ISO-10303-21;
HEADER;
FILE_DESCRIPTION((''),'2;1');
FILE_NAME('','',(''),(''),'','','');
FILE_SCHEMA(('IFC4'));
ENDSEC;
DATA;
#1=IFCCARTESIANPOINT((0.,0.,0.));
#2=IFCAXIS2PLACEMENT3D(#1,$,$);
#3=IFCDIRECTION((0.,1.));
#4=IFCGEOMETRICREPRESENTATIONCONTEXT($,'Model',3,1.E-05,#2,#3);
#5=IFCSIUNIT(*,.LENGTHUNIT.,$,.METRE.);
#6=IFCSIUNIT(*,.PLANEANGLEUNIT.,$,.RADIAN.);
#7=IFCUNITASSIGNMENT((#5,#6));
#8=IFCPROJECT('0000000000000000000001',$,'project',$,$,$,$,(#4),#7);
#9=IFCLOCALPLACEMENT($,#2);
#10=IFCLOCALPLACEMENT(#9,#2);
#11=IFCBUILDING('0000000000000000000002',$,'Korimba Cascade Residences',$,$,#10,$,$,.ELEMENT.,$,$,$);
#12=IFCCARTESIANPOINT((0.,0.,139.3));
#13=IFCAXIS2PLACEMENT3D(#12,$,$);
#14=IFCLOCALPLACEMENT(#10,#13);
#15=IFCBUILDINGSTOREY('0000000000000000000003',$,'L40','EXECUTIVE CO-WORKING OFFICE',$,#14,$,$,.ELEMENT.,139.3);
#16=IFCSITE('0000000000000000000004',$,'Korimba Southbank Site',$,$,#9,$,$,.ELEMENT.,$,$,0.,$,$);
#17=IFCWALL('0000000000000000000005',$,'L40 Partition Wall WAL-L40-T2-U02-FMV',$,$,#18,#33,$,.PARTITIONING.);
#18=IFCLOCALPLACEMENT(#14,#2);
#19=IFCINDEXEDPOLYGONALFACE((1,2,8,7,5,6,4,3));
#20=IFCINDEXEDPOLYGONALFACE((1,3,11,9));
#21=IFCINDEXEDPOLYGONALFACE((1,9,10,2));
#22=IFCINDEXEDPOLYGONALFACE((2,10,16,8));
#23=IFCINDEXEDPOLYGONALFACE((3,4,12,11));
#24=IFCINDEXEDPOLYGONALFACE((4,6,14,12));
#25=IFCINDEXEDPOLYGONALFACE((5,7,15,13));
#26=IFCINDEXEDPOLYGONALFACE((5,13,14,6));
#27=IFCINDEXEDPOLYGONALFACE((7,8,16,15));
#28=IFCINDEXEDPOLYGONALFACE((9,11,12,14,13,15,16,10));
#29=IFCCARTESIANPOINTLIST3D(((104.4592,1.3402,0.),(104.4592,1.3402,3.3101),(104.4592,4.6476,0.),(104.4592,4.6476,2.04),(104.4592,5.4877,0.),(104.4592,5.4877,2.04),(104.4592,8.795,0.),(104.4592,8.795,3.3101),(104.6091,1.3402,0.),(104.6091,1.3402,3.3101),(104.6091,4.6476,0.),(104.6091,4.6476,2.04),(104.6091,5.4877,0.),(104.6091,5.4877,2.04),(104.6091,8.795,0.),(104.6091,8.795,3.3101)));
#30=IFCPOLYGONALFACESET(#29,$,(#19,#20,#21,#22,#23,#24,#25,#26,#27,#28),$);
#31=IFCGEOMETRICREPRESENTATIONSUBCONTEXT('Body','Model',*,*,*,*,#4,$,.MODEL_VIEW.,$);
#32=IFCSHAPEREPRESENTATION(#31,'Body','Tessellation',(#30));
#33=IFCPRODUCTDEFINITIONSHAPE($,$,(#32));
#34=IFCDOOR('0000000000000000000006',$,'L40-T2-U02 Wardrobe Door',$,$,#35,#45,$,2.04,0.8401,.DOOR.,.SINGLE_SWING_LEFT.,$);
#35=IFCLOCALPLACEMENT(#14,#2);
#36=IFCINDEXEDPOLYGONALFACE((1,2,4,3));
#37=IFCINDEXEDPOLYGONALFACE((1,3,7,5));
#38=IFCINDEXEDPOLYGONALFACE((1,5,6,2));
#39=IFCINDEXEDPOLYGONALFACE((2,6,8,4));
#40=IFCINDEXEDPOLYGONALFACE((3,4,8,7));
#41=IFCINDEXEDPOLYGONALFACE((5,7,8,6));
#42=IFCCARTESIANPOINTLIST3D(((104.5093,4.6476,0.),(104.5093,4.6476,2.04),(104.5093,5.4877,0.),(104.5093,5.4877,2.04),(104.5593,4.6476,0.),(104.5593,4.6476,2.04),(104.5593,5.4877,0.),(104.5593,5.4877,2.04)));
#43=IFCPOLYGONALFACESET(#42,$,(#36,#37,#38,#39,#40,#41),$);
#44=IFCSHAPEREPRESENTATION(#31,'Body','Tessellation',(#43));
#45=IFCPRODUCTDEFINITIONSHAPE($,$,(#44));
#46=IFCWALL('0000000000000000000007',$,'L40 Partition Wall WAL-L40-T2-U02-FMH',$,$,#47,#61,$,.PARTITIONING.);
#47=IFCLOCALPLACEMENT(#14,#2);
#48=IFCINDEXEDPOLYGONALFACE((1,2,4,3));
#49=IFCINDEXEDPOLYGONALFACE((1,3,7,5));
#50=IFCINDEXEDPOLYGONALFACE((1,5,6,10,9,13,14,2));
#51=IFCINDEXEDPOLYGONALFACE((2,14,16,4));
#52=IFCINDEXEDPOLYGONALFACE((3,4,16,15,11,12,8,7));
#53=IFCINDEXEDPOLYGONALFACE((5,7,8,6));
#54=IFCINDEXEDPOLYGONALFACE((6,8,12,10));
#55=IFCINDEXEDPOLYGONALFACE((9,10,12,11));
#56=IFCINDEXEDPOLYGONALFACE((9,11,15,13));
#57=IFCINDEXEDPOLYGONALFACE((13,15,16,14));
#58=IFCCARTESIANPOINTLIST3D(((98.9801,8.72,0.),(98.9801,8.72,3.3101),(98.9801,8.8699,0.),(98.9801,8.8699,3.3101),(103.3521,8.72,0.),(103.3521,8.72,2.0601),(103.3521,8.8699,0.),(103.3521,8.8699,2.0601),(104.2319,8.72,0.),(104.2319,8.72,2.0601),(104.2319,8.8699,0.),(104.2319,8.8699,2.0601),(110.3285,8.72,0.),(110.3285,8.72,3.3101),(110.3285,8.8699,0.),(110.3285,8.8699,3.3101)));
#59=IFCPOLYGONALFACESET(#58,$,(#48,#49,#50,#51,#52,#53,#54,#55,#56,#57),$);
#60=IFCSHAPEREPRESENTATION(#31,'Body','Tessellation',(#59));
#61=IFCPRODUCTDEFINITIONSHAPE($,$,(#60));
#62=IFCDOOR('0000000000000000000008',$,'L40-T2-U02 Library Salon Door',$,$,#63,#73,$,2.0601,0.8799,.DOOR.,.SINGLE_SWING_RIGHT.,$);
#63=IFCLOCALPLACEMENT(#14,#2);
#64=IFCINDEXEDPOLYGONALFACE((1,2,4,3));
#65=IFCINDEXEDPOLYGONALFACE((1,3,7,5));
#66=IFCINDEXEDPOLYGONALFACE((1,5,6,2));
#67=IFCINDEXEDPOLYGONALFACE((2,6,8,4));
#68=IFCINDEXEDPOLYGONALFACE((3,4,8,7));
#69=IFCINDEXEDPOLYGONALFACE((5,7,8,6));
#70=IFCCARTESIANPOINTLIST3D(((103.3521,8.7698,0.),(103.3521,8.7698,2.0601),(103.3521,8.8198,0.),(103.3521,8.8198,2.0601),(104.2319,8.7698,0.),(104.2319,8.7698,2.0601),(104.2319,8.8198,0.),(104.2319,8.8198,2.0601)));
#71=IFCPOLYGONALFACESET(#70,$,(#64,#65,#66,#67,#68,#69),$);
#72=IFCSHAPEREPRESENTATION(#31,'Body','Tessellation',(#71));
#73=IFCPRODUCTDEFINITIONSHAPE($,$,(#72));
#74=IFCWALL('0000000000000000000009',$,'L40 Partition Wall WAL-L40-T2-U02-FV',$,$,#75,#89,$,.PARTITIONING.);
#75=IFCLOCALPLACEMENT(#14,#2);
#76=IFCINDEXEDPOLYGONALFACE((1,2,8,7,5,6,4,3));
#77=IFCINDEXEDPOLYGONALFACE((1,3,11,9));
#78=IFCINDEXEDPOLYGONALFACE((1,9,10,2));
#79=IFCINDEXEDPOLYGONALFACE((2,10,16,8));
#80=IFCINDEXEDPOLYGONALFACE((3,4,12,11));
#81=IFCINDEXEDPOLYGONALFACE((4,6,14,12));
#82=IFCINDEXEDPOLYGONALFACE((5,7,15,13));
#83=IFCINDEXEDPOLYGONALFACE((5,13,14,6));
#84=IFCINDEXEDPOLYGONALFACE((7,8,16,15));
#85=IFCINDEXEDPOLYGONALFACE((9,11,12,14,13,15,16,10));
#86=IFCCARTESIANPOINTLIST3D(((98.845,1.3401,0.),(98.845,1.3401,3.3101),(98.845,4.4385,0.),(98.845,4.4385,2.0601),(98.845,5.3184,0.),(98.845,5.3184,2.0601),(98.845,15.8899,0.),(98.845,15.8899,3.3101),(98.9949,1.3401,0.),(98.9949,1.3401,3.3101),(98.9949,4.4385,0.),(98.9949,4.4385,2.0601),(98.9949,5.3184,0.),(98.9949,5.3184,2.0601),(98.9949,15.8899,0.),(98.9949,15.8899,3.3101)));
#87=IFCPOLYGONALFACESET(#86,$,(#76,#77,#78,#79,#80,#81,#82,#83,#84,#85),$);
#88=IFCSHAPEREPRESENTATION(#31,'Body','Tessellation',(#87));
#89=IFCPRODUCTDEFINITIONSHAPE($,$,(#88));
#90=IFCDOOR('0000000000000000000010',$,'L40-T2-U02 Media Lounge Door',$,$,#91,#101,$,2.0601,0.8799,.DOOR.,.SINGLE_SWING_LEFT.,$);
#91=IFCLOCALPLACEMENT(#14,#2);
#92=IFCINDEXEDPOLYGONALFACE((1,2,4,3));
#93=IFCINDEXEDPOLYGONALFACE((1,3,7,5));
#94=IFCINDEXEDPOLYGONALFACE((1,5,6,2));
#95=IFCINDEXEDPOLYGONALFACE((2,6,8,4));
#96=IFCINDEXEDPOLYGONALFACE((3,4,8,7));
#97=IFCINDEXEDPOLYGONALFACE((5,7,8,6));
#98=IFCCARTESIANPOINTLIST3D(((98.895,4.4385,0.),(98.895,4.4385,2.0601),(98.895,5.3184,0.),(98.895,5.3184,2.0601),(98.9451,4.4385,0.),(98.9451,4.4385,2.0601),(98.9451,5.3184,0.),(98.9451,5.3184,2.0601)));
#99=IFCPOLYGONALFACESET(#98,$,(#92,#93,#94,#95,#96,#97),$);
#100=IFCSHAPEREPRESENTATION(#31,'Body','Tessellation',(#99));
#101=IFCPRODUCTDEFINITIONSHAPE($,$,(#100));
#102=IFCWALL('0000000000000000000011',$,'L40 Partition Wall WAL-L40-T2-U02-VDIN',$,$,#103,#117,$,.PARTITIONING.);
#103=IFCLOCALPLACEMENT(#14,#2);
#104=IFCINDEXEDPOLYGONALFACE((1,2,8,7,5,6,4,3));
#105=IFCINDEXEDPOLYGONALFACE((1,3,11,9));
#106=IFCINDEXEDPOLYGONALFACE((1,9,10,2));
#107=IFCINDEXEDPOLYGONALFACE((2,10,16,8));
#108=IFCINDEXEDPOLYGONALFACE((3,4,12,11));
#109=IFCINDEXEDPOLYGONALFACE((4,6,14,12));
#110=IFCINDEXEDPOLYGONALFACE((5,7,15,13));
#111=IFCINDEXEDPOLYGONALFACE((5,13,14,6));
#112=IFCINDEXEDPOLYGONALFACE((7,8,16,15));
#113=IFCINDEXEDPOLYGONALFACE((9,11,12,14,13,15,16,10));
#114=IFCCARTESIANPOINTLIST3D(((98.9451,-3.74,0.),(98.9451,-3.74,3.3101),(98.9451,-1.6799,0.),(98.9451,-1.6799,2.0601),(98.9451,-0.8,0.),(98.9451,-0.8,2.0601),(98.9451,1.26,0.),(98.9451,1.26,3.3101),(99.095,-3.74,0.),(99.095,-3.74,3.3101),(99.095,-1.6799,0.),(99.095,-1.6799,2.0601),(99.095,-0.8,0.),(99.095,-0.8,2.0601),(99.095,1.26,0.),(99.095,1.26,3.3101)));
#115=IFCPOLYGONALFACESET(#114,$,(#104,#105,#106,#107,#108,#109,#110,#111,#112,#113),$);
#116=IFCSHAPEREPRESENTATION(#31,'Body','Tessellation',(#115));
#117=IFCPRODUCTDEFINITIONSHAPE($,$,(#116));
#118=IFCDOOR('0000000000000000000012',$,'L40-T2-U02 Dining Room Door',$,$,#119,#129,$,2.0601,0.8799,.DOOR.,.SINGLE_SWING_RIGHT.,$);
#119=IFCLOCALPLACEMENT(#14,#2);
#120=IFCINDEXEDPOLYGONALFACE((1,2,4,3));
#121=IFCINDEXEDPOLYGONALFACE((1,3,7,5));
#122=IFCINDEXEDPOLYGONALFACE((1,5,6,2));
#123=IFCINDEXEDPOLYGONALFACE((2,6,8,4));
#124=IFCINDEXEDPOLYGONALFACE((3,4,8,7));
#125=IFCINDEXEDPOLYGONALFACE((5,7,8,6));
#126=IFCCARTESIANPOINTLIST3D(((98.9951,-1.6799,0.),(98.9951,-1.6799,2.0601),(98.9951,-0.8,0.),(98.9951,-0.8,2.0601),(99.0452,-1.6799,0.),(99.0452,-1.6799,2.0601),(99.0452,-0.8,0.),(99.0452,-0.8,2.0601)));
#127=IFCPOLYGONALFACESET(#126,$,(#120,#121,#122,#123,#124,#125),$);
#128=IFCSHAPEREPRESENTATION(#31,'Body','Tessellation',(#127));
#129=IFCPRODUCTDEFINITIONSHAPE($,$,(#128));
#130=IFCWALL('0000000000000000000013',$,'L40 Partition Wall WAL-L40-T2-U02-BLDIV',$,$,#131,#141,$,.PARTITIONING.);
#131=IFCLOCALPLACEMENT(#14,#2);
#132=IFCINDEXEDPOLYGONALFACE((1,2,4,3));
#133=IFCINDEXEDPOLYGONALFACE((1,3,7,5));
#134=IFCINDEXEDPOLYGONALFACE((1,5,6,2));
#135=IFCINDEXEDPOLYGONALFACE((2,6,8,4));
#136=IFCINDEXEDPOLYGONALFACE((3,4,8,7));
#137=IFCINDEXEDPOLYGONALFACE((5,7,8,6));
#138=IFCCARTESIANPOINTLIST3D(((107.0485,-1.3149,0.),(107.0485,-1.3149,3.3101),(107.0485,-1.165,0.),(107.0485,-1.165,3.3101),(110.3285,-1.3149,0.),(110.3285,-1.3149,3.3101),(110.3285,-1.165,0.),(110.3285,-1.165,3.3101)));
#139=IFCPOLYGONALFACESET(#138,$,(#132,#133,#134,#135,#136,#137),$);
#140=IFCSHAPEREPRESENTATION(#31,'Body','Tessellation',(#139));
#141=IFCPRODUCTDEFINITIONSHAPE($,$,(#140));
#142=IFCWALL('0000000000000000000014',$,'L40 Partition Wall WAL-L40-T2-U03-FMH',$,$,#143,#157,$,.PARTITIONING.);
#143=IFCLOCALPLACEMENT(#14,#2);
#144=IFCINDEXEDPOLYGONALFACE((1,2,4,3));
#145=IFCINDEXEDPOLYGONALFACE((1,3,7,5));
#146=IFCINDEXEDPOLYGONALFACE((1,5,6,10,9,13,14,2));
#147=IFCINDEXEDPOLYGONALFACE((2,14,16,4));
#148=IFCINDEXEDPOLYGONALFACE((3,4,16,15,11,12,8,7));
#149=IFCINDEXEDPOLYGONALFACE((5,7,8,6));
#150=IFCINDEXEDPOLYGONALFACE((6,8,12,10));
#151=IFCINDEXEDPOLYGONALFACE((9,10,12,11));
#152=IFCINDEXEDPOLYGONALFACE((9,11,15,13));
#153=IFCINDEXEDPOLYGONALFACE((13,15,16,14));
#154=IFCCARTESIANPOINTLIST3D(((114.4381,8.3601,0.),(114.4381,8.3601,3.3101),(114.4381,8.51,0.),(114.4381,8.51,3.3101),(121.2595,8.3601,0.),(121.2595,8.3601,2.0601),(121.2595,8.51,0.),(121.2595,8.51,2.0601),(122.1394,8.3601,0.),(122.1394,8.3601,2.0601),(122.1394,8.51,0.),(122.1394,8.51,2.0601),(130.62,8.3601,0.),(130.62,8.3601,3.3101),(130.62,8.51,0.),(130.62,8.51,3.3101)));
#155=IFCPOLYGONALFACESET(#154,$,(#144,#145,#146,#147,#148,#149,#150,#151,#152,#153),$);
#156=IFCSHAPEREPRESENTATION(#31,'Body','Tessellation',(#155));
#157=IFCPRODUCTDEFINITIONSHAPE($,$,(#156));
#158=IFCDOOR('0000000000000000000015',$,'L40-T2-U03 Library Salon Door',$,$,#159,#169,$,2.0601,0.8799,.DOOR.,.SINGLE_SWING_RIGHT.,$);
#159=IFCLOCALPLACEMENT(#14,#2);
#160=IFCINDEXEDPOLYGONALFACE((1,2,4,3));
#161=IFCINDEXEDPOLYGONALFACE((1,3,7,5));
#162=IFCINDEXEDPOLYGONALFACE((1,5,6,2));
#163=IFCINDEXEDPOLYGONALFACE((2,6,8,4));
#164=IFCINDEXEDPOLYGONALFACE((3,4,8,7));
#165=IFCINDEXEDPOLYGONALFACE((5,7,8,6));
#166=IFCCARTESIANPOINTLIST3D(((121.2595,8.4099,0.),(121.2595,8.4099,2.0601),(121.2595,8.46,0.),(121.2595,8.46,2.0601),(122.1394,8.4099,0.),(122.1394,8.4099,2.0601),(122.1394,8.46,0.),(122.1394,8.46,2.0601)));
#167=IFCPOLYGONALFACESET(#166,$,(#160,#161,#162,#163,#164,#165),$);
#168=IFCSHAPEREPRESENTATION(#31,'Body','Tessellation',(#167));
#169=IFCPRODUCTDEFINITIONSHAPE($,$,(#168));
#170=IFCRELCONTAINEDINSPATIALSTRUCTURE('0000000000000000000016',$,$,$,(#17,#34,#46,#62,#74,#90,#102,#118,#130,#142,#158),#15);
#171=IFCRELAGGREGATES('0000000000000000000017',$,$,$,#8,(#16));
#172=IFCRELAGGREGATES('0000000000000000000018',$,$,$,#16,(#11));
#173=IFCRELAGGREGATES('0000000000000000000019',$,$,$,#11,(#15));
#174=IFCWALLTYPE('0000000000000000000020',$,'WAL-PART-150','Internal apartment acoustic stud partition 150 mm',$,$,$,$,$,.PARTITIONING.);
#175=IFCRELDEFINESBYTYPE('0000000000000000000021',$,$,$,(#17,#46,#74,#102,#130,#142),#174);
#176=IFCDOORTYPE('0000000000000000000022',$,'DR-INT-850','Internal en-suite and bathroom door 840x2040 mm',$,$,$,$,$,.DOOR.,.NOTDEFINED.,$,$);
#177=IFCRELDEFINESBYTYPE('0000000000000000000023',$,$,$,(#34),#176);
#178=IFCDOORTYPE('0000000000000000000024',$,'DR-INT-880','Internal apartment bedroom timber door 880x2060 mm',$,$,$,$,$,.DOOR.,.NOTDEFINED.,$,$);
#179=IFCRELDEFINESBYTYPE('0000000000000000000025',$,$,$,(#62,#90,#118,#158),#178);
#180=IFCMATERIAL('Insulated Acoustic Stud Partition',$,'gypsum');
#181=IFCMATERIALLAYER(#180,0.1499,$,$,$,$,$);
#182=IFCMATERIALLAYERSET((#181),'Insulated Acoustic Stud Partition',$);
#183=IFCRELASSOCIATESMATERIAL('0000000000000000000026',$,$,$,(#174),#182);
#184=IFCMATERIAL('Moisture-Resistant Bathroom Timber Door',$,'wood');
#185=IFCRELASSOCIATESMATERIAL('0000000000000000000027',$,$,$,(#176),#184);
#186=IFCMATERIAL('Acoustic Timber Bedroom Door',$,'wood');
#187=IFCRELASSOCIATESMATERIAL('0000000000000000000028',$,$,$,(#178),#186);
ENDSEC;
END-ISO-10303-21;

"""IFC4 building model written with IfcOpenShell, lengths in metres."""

from ifc_helpers import new_model, si_unit, direction, frame, frame_2d, origin, place, context, subcontext, project, spatial, rectangle, extrude, material, layer, layer_set, type_object, element, fill, save


model = new_model("IFC4")

# Units and contexts
model_context = context("Model", 3, precision=1e-05, world=origin(), true_north=direction((0.0, 1.0)))
body_context = subcontext(model_context, "Body", "Model", "MODEL_VIEW")
ifc_project = project(units=[si_unit("LENGTHUNIT", "METRE"), si_unit("PLANEANGLEUNIT", "RADIAN")], contexts=[model_context])

# Site, building, storey
site_placement = place(None, origin())
site = spatial("IfcSite", under=ifc_project, at=site_placement, Name="Korimba Southbank Site", CompositionType="ELEMENT", RefElevation=0.0)
building_placement = place(site_placement, origin())
building = spatial("IfcBuilding", under=site, at=building_placement, Name="Korimba Cascade Residences", CompositionType="ELEMENT")
storey_placement = place(building_placement, frame((0.0, 0.0, 139.3)))
storey = spatial("IfcBuildingStorey", under=building, at=storey_placement, Name="L40", Description="EXECUTIVE CO-WORKING OFFICE", CompositionType="ELEMENT", Elevation=139.3)

# Walls, openings, doors
ifc_material_1 = material(Name="Insulated Acoustic Stud Partition", Category="gypsum")
ifc_layer = layer(ifc_material_1, 0.1499)
ifc_layer_set = layer_set([ifc_layer], Name="Insulated Acoustic Stud Partition")
wall_type = type_object("IfcWallType", Name="WAL-PART-150", Description="Internal apartment acoustic stud partition 150 mm", PredefinedType="PARTITIONING", material=ifc_layer_set)
wall_1_placement = place(storey_placement, frame((104.5342, 1.3401, 0.0), z_axis=(0.0, 0.0, 1.0), x_axis=(0.0, 1.0, 0.0)))
wall_1 = element("IfcWall", 1, at=wall_1_placement, inside=storey, type_object=wall_type, Name="L40 Partition Wall WAL-L40-T2-U02-FMV", PredefinedType="PARTITIONING", context=body_context, shape_type="SweptSolid", body=[
    extrude(rectangle(XDim=7.4548, YDim=0.1499, at=frame_2d((3.7275, 0.0))), origin(), (0.0, 0.0, 1.0), 3.3101),
])
opening_1_placement = place(wall_1_placement, frame((3.3076, 0.0, 0.0)))
opening_1 = element("IfcOpeningElement", 2, at=opening_1_placement, cuts=wall_1, PredefinedType="OPENING", context=body_context, shape_type="SweptSolid", body=[
    extrude(rectangle(XDim=0.8401, YDim=2.04, at=frame_2d((0.4199, 1.02))), frame((0.0, 0.085, 0.0), z_axis=(0.0, -1.0, 0.0), x_axis=(1.0, 0.0, 0.0)), (0.0, 0.0, 1.0), 0.1699),
])
ifc_material_2 = material(Name="Moisture-Resistant Bathroom Timber Door", Category="wood")
door_type_1 = type_object("IfcDoorType", Name="DR-INT-850", Description="Internal en-suite and bathroom door 840x2040 mm", OperationType="NOTDEFINED", PredefinedType="DOOR", material=ifc_material_2)
door_1_placement = place(opening_1_placement, origin())
door_1 = element("IfcDoor", 3, at=door_1_placement, inside=storey, type_object=door_type_1, Name="L40-T2-U02 Wardrobe Door", OperationType="SINGLE_SWING_LEFT", OverallHeight=2.04, OverallWidth=0.8401, PredefinedType="DOOR", context=body_context, shape_type="SweptSolid", body=[
    extrude(rectangle(XDim=0.8401, YDim=2.04, at=frame_2d((0.4199, 1.02))), frame((0.0, 0.0249, 0.0), z_axis=(0.0, -1.0, 0.0), x_axis=(1.0, 0.0, 0.0)), (0.0, 0.0, 1.0), 0.05),
])
fill(opening_1, door_1)
wall_2_placement = place(storey_placement, frame((98.98, 8.7949, 0.0), z_axis=(0.0, 0.0, 1.0), x_axis=(1.0, 0.0, 0.0)))
wall_2 = element("IfcWall", 4, at=wall_2_placement, inside=storey, type_object=wall_type, Name="L40 Partition Wall WAL-L40-T2-U02-FMH", PredefinedType="PARTITIONING", context=body_context, shape_type="SweptSolid", body=[
    extrude(rectangle(XDim=11.3484, YDim=0.1499, at=frame_2d((5.6743, 0.0))), origin(), (0.0, 0.0, 1.0), 3.3101),
])
opening_2_placement = place(wall_2_placement, frame((4.3721, 0.0, 0.0)))
opening_2 = element("IfcOpeningElement", 5, at=opening_2_placement, cuts=wall_2, PredefinedType="OPENING", context=body_context, shape_type="SweptSolid", body=[
    extrude(rectangle(XDim=0.8799, YDim=2.0601, at=frame_2d((0.4399, 1.03))), frame((0.0, 0.085, 0.0), z_axis=(0.0, -1.0, 0.0), x_axis=(1.0, 0.0, 0.0)), (0.0, 0.0, 1.0), 0.1699),
])
ifc_material_3 = material(Name="Acoustic Timber Bedroom Door", Category="wood")
door_type_2 = type_object("IfcDoorType", Name="DR-INT-880", Description="Internal apartment bedroom timber door 880x2060 mm", OperationType="NOTDEFINED", PredefinedType="DOOR", material=ifc_material_3)
door_2_placement = place(opening_2_placement, origin())
door_2 = element("IfcDoor", 6, at=door_2_placement, inside=storey, type_object=door_type_2, Name="L40-T2-U02 Library Salon Door", OperationType="SINGLE_SWING_RIGHT", OverallHeight=2.0601, OverallWidth=0.8799, PredefinedType="DOOR", context=body_context, shape_type="SweptSolid", body=[
    extrude(rectangle(XDim=0.8799, YDim=2.0601, at=frame_2d((0.4399, 1.03))), frame((0.0, 0.0249, 0.0), z_axis=(0.0, -1.0, 0.0), x_axis=(1.0, 0.0, 0.0)), (0.0, 0.0, 1.0), 0.05),
])
fill(opening_2, door_2)
wall_3_placement = place(storey_placement, frame((98.9199, 1.3401, 0.0), z_axis=(0.0, 0.0, 1.0), x_axis=(0.0, 1.0, 0.0)))
wall_3 = element("IfcWall", 7, at=wall_3_placement, inside=storey, type_object=wall_type, Name="L40 Partition Wall WAL-L40-T2-U02-FV", PredefinedType="PARTITIONING", context=body_context, shape_type="SweptSolid", body=[
    extrude(rectangle(XDim=14.5498, YDim=0.1499, at=frame_2d((7.2749, 0.0))), origin(), (0.0, 0.0, 1.0), 3.3101),
])
opening_3_placement = place(wall_3_placement, frame((3.0984, 0.0, 0.0)))
opening_3 = element("IfcOpeningElement", 8, at=opening_3_placement, cuts=wall_3, PredefinedType="OPENING", context=body_context, shape_type="SweptSolid", body=[
    extrude(rectangle(XDim=0.8799, YDim=2.0601, at=frame_2d((0.4399, 1.03))), frame((0.0, 0.085, 0.0), z_axis=(0.0, -1.0, 0.0), x_axis=(1.0, 0.0, 0.0)), (0.0, 0.0, 1.0), 0.1699),
])
door_3_placement = place(opening_3_placement, origin())
door_3 = element("IfcDoor", 9, at=door_3_placement, inside=storey, type_object=door_type_2, Name="L40-T2-U02 Media Lounge Door", OperationType="SINGLE_SWING_LEFT", OverallHeight=2.0601, OverallWidth=0.8799, PredefinedType="DOOR", context=body_context, shape_type="SweptSolid", body=[
    extrude(rectangle(XDim=0.8799, YDim=2.0601, at=frame_2d((0.4399, 1.03))), frame((0.0, 0.0249, 0.0), z_axis=(0.0, -1.0, 0.0), x_axis=(1.0, 0.0, 0.0)), (0.0, 0.0, 1.0), 0.05),
])
fill(opening_3, door_3)
wall_4_placement = place(storey_placement, frame((99.02, -3.74, 0.0), z_axis=(0.0, 0.0, 1.0), x_axis=(0.0, 1.0, 0.0)))
wall_4 = element("IfcWall", 10, at=wall_4_placement, inside=storey, type_object=wall_type, Name="L40 Partition Wall WAL-L40-T2-U02-VDIN", PredefinedType="PARTITIONING", context=body_context, shape_type="SweptSolid", body=[
    extrude(rectangle(XDim=5.0, YDim=0.1499, at=frame_2d((2.5, 0.0))), origin(), (0.0, 0.0, 1.0), 3.3101),
])
opening_4_placement = place(wall_4_placement, frame((2.0601, 0.0, 0.0)))
opening_4 = element("IfcOpeningElement", 11, at=opening_4_placement, cuts=wall_4, PredefinedType="OPENING", context=body_context, shape_type="SweptSolid", body=[
    extrude(rectangle(XDim=0.8799, YDim=2.0601, at=frame_2d((0.4399, 1.03))), frame((0.0, 0.085, 0.0), z_axis=(0.0, -1.0, 0.0), x_axis=(1.0, 0.0, 0.0)), (0.0, 0.0, 1.0), 0.1699),
])
door_4_placement = place(opening_4_placement, origin())
door_4 = element("IfcDoor", 12, at=door_4_placement, inside=storey, type_object=door_type_2, Name="L40-T2-U02 Dining Room Door", OperationType="SINGLE_SWING_RIGHT", OverallHeight=2.0601, OverallWidth=0.8799, PredefinedType="DOOR", context=body_context, shape_type="SweptSolid", body=[
    extrude(rectangle(XDim=0.8799, YDim=2.0601, at=frame_2d((0.4399, 1.03))), frame((0.0, 0.0249, 0.0), z_axis=(0.0, -1.0, 0.0), x_axis=(1.0, 0.0, 0.0)), (0.0, 0.0, 1.0), 0.05),
])
fill(opening_4, door_4)

# Wall
wall_5_placement = place(storey_placement, frame((107.0483, -1.24, 0.0), z_axis=(0.0, 0.0, 1.0), x_axis=(1.0, 0.0, 0.0)))
element("IfcWall", 13, at=wall_5_placement, inside=storey, type_object=wall_type, Name="L40 Partition Wall WAL-L40-T2-U02-BLDIV", PredefinedType="PARTITIONING", context=body_context, shape_type="SweptSolid", body=[
    extrude(rectangle(XDim=3.28, YDim=0.1499, at=frame_2d((1.6401, 0.0))), origin(), (0.0, 0.0, 1.0), 3.3101),
])

# Wall, opening, door
wall_6_placement = place(storey_placement, frame((114.4382, 8.4351, 0.0), z_axis=(0.0, 0.0, 1.0), x_axis=(1.0, 0.0, 0.0)))
wall_6 = element("IfcWall", 14, at=wall_6_placement, inside=storey, type_object=wall_type, Name="L40 Partition Wall WAL-L40-T2-U03-FMH", PredefinedType="PARTITIONING", context=body_context, shape_type="SweptSolid", body=[
    extrude(rectangle(XDim=16.1819, YDim=0.1499, at=frame_2d((8.0908, 0.0))), origin(), (0.0, 0.0, 1.0), 3.3101),
])
opening_5_placement = place(wall_6_placement, frame((6.8213, 0.0, 0.0)))
opening_5 = element("IfcOpeningElement", 15, at=opening_5_placement, cuts=wall_6, PredefinedType="OPENING", context=body_context, shape_type="SweptSolid", body=[
    extrude(rectangle(XDim=0.8799, YDim=2.0601, at=frame_2d((0.4399, 1.03))), frame((0.0, 0.085, 0.0), z_axis=(0.0, -1.0, 0.0), x_axis=(1.0, 0.0, 0.0)), (0.0, 0.0, 1.0), 0.1699),
])
door_5_placement = place(opening_5_placement, origin())
door_5 = element("IfcDoor", 16, at=door_5_placement, inside=storey, type_object=door_type_2, Name="L40-T2-U03 Library Salon Door", OperationType="SINGLE_SWING_RIGHT", OverallHeight=2.0601, OverallWidth=0.8799, PredefinedType="DOOR", context=body_context, shape_type="SweptSolid", body=[
    extrude(rectangle(XDim=0.8799, YDim=2.0601, at=frame_2d((0.4399, 1.03))), frame((0.0, 0.0249, 0.0), z_axis=(0.0, -1.0, 0.0), x_axis=(1.0, 0.0, 0.0)), (0.0, 0.0, 1.0), 0.05),
])
fill(opening_5, door_5)

save(model, "model.ifc")
